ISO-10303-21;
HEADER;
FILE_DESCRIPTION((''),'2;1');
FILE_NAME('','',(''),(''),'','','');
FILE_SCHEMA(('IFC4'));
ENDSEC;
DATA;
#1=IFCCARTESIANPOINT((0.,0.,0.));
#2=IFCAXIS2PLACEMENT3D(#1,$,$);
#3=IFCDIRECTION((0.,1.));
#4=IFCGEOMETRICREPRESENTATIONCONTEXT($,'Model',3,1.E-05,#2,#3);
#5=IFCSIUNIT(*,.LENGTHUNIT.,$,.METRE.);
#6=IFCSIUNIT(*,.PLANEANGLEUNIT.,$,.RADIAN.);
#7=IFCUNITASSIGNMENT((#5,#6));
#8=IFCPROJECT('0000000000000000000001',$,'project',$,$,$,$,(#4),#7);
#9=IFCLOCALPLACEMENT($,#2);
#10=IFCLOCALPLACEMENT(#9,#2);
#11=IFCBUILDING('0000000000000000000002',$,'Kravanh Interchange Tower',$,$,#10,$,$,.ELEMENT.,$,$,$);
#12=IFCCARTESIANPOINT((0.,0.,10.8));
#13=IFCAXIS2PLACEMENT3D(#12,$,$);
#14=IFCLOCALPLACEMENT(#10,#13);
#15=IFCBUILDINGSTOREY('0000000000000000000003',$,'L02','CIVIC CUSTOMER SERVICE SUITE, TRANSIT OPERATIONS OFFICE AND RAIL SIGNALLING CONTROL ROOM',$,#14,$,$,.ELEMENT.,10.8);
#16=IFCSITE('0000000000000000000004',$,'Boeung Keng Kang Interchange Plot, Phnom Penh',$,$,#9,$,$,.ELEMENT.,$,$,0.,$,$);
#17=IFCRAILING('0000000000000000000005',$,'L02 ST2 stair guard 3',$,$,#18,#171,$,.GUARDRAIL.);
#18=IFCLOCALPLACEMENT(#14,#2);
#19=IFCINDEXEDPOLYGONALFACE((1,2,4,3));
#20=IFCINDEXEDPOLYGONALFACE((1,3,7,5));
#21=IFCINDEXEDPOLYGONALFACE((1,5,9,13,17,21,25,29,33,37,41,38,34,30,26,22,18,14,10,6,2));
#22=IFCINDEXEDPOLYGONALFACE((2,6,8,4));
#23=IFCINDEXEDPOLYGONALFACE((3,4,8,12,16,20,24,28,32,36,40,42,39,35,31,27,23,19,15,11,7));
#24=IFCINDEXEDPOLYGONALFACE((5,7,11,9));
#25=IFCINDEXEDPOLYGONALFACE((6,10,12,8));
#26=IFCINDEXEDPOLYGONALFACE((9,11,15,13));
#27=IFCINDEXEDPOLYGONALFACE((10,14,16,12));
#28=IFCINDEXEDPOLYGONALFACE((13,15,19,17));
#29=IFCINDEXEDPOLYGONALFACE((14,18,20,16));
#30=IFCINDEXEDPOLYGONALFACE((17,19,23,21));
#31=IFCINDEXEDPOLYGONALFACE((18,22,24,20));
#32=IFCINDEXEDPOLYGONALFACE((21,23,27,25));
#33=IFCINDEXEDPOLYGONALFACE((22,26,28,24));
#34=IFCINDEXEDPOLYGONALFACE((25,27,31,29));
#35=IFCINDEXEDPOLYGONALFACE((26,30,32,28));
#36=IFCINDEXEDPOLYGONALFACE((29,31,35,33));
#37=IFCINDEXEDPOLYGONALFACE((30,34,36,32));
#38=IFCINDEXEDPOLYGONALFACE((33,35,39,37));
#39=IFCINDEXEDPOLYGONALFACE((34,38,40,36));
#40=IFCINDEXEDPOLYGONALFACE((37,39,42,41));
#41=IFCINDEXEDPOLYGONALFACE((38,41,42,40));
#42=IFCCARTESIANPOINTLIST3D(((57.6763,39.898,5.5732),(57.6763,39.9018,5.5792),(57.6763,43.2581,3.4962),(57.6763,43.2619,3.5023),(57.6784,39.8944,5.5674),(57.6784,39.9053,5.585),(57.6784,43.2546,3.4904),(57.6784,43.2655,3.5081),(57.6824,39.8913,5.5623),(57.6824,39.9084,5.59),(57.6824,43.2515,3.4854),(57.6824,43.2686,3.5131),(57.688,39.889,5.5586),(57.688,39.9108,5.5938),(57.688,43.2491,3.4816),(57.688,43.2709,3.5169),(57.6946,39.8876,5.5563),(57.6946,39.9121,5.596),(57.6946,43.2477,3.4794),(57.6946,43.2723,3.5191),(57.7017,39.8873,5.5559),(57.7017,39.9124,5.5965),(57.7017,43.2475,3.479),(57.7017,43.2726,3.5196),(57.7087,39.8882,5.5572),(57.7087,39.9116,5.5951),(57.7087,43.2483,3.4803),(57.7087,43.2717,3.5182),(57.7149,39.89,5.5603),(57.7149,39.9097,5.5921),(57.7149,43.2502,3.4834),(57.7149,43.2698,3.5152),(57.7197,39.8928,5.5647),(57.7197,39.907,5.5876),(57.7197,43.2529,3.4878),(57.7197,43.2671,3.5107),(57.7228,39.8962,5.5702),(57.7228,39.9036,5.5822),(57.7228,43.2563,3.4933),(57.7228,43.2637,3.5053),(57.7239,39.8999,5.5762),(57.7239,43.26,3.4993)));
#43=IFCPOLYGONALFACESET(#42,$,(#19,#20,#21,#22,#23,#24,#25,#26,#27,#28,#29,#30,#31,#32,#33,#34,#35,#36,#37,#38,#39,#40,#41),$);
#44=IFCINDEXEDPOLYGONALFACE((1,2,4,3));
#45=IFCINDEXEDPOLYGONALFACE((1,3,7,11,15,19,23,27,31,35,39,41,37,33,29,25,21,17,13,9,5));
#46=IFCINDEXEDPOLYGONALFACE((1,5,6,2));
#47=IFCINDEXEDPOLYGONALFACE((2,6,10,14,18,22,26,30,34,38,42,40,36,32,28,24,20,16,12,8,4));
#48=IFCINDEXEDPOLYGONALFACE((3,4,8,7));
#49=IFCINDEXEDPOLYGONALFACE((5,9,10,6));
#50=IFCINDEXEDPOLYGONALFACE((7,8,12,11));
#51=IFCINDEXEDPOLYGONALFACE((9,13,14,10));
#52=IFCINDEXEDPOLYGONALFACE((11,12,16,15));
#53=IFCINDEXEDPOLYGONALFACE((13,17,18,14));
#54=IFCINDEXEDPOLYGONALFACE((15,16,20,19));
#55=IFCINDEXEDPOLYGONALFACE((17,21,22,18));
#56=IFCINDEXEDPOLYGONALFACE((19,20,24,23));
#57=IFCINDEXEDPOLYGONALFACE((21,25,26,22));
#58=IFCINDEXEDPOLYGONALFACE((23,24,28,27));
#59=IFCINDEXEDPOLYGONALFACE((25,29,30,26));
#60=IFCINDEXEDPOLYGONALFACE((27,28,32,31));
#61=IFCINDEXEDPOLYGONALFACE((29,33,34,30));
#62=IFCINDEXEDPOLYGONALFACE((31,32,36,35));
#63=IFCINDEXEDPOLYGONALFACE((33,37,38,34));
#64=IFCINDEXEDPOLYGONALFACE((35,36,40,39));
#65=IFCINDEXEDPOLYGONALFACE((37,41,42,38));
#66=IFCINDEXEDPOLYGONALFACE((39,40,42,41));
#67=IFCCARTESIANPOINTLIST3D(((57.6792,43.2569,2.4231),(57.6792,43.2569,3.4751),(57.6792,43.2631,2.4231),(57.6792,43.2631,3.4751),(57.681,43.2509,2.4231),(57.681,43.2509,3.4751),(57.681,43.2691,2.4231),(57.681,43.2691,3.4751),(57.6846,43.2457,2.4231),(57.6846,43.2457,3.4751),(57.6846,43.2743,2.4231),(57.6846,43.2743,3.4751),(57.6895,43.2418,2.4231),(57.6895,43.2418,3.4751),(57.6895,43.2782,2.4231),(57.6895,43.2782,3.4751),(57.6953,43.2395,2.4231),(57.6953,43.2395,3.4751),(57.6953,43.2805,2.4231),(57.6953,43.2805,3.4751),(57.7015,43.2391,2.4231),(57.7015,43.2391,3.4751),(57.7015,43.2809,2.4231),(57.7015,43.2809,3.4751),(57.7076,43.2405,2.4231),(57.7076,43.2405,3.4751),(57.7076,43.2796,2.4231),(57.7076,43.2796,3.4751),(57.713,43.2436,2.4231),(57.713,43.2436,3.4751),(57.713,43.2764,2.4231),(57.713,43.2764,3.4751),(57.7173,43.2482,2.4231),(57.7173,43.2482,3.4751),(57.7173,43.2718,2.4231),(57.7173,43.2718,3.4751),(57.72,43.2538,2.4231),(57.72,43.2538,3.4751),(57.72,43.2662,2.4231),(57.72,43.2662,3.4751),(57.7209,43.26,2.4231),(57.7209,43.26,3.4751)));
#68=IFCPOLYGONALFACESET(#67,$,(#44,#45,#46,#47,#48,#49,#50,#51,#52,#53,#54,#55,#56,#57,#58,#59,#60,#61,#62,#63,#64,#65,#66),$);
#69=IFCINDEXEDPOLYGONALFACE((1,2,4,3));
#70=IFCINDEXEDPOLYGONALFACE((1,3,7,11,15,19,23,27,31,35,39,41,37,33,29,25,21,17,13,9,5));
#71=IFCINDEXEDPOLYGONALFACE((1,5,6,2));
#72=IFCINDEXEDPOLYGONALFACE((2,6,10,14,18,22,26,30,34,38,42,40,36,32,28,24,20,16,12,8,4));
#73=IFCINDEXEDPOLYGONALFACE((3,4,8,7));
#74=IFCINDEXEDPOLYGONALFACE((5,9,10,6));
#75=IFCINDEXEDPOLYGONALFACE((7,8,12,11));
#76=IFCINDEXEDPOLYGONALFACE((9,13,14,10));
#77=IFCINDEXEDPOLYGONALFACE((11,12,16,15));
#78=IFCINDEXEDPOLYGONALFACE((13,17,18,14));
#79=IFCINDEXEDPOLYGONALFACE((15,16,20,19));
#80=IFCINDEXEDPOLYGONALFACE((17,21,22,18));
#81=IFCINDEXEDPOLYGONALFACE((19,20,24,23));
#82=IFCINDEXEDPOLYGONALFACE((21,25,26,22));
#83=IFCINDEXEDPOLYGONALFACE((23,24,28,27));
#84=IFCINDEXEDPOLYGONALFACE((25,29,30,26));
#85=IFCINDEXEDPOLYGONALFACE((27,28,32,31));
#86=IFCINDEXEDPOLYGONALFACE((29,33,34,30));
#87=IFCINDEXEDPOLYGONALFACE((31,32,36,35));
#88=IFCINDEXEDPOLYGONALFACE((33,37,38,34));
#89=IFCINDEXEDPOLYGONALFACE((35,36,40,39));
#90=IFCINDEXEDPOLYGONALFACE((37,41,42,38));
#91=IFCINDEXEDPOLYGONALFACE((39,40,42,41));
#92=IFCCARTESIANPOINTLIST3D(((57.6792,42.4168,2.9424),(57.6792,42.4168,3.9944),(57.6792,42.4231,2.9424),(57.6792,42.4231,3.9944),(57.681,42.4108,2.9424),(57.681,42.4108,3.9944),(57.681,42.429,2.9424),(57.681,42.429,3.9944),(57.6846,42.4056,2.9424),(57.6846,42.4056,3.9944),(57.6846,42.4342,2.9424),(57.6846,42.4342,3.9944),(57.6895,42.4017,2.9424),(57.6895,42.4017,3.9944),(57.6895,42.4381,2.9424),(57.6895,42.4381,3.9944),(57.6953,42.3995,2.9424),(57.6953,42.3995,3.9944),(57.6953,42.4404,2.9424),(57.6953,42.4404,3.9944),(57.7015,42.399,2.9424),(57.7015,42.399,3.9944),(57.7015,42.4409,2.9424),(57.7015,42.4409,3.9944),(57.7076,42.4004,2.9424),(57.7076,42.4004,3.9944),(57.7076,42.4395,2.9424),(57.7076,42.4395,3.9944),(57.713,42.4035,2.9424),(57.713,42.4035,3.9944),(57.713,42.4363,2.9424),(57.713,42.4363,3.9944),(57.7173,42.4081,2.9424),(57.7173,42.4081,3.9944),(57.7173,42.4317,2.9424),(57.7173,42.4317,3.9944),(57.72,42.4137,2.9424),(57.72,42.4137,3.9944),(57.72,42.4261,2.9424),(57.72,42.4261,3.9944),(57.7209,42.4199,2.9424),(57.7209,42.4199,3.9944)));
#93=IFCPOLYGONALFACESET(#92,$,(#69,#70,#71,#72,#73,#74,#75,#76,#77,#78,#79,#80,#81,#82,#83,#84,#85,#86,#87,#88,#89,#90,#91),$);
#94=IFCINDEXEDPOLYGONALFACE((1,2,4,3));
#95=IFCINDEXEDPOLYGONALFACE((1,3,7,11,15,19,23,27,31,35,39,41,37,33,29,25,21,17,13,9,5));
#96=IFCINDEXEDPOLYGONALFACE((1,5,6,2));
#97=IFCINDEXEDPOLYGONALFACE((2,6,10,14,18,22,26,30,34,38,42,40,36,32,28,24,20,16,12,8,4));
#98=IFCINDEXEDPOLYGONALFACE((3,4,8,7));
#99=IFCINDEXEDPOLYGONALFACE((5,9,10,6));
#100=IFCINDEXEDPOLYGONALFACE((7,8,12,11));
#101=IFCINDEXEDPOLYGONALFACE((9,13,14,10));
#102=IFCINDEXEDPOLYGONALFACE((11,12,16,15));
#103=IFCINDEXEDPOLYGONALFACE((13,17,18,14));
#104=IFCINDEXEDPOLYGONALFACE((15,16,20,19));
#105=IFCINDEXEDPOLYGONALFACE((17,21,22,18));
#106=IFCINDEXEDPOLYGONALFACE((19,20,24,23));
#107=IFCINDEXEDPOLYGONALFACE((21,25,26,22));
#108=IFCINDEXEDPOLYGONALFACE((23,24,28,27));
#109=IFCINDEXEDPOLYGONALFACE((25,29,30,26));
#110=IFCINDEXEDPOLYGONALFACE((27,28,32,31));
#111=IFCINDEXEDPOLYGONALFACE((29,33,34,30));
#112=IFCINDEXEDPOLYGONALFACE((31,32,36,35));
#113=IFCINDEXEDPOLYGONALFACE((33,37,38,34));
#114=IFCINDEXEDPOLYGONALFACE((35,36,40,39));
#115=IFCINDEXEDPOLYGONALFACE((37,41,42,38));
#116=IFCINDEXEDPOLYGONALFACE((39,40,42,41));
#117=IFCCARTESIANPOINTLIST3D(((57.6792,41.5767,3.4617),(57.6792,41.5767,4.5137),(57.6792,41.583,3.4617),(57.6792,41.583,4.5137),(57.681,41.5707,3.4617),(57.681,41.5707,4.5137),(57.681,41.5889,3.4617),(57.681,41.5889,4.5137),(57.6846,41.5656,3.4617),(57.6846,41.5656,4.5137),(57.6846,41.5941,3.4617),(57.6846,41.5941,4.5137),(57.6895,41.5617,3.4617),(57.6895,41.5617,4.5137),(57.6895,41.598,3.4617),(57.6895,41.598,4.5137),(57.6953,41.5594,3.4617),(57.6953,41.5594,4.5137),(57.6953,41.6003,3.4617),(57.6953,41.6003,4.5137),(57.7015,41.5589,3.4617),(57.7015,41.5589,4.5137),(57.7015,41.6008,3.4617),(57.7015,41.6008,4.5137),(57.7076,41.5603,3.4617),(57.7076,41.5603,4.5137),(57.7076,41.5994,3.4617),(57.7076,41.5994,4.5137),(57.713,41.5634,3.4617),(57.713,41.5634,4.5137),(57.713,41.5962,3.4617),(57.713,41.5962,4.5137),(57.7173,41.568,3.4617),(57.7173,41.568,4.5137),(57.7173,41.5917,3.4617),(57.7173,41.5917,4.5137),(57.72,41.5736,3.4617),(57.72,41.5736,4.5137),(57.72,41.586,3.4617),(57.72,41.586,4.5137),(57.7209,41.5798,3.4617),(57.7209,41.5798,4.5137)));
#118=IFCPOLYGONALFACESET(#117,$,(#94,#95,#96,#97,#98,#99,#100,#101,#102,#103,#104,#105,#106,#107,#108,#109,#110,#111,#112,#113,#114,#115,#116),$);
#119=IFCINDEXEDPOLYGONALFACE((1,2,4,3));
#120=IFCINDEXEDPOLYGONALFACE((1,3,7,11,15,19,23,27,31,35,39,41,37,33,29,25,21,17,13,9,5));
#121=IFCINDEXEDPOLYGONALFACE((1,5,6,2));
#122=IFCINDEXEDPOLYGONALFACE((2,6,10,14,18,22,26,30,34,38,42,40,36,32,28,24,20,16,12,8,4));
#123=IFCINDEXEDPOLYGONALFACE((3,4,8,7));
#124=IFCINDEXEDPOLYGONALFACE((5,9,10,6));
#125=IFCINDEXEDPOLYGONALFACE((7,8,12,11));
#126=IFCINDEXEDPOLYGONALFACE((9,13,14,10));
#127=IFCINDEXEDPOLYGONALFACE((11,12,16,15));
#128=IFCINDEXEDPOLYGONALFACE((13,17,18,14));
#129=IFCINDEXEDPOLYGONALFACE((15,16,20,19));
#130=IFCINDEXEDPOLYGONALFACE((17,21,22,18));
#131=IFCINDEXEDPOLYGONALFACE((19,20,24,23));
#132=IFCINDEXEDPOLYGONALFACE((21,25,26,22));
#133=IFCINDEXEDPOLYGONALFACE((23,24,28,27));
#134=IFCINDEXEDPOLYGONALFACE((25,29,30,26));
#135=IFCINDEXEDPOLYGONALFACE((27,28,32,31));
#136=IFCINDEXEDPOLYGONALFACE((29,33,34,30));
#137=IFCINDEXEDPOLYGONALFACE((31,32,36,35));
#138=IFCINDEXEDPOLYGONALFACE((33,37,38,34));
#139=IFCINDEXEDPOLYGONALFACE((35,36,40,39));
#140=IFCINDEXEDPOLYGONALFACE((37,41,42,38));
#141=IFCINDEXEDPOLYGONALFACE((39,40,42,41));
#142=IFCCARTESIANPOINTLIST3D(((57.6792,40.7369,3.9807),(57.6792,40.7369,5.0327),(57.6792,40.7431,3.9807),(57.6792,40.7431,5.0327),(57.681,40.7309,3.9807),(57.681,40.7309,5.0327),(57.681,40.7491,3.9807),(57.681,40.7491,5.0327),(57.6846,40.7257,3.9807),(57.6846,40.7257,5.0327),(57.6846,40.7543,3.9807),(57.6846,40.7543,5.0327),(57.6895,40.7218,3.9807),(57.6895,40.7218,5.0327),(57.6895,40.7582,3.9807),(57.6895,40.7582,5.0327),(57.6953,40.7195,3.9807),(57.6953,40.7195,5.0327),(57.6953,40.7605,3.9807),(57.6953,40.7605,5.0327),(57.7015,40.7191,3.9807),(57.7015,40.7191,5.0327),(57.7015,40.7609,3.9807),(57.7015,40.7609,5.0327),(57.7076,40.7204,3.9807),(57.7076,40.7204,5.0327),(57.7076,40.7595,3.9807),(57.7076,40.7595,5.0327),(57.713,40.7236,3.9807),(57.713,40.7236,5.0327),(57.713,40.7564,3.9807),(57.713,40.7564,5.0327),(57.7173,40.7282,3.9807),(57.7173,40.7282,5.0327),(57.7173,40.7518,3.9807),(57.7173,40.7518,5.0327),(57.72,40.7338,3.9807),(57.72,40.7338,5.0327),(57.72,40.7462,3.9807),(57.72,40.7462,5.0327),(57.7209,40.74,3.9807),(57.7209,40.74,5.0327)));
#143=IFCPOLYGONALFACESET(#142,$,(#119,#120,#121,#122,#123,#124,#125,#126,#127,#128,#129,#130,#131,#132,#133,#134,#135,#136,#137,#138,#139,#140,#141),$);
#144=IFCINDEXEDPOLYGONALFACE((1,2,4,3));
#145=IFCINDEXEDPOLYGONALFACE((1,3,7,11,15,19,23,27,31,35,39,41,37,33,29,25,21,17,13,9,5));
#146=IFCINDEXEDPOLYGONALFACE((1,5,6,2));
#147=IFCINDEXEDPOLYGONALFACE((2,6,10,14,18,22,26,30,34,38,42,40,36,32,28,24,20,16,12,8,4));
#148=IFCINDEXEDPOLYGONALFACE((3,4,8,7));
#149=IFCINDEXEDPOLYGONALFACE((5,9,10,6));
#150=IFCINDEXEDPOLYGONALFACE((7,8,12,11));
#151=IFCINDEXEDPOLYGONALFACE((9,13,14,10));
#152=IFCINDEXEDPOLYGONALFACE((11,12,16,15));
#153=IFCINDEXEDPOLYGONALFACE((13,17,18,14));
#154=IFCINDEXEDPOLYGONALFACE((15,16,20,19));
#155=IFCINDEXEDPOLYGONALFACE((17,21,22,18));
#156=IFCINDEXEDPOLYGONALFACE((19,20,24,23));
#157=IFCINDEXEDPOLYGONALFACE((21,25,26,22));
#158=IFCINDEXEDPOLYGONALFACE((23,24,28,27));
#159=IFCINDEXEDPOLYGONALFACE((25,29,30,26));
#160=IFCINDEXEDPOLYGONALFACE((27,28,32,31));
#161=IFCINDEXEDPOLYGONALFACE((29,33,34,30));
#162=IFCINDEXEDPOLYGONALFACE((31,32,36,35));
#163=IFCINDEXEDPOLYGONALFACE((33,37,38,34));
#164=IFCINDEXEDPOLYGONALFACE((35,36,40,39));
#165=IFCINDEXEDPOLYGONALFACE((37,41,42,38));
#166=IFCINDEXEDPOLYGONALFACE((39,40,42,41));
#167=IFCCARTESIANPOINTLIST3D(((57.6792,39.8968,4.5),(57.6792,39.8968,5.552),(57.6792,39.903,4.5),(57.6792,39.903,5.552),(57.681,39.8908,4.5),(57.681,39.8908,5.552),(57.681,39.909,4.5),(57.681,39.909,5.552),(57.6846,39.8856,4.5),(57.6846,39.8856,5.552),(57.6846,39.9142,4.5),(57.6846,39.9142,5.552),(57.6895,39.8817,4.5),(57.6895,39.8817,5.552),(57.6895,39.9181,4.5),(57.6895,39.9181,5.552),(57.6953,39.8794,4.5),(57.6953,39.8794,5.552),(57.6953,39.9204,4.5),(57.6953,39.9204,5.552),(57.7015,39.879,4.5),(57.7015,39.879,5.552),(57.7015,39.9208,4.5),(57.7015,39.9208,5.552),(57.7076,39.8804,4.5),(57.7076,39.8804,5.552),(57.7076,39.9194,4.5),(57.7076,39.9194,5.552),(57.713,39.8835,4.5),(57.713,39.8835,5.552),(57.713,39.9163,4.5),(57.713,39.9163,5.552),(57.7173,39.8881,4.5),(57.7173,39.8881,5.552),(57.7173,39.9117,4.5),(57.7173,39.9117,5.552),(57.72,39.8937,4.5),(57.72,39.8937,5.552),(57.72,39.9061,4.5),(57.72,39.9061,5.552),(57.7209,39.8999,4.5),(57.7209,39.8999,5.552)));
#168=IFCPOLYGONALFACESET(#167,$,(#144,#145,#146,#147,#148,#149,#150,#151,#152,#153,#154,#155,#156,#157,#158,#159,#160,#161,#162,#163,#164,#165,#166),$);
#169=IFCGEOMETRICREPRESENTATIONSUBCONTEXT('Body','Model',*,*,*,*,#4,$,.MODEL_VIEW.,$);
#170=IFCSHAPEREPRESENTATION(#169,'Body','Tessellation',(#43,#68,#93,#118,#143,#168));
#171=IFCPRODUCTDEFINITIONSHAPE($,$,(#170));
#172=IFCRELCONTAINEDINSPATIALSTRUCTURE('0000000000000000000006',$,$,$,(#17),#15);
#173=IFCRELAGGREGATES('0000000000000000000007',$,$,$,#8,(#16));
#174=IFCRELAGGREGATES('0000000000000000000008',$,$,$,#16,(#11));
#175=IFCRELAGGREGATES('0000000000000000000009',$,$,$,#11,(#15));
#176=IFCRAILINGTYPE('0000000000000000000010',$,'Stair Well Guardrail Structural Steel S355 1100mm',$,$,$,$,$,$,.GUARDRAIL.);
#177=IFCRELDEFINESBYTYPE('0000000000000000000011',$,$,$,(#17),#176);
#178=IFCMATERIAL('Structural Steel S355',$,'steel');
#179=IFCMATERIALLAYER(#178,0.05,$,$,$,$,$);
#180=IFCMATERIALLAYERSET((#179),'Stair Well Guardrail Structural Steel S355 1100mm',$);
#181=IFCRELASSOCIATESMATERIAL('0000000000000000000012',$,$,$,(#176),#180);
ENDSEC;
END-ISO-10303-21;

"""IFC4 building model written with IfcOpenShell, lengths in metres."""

from ifc_helpers import new_model, si_unit, direction, frame, origin, origin_2d, place, context, subcontext, project, spatial, circle, extrude, material, layer, layer_set, type_object, element, save


model = new_model("IFC4")

# Units and contexts
model_context = context("Model", 3, precision=1e-05, world=origin(), true_north=direction((0.0, 1.0)))
body_context = subcontext(model_context, "Body", "Model", "MODEL_VIEW")
ifc_project = project(units=[si_unit("LENGTHUNIT", "METRE"), si_unit("PLANEANGLEUNIT", "RADIAN")], contexts=[model_context])

# Site, building, storey
site_placement = place(None, origin())
site = spatial("IfcSite", under=ifc_project, at=site_placement, Name="Boeung Keng Kang Interchange Plot, Phnom Penh", CompositionType="ELEMENT", RefElevation=0.0)
building_placement = place(site_placement, origin())
building = spatial("IfcBuilding", under=site, at=building_placement, Name="Kravanh Interchange Tower", CompositionType="ELEMENT")
storey_placement = place(building_placement, frame((0.0, 0.0, 10.8)))
storey = spatial("IfcBuildingStorey", under=building, at=storey_placement, Name="L02", Description="CIVIC CUSTOMER SERVICE SUITE, TRANSIT OPERATIONS OFFICE AND RAIL SIGNALLING CONTROL ROOM", CompositionType="ELEMENT", Elevation=10.8)

# Railing
ifc_material_1 = material(Name="Structural Steel S355", Category="steel")
ifc_layer_1 = layer(ifc_material_1, 0.05)
ifc_layer_set_1 = layer_set([ifc_layer_1], Name="Stair Well Guardrail Structural Steel S355 1100mm")
railing_type_1 = type_object("IfcRailingType", Name="Stair Well Guardrail Structural Steel S355 1100mm", PredefinedType="GUARDRAIL", material=ifc_layer_set_1)
railing_1_placement = place(storey_placement, frame((57.7, 43.26, 2.4231)))
element("IfcRailing", 1, at=railing_1_placement, inside=storey, type_object=railing_type_1, Name="L02 ST2 stair guard 3", PredefinedType="GUARDRAIL", context=body_context, shape_type="SweptSolid", body=[
    extrude(circle(Radius=0.0239, at=origin_2d()), frame((0.0, 0.0, 1.0762), z_axis=(0.0, -0.850623, 0.525776), x_axis=(1.0, 0.0, 0.0)), (0.0, 0.0, 1.0), 3.9502),
    extrude(circle(Radius=0.021, at=origin_2d()), origin(), (0.0, 0.0, 1.0), 1.052),
    extrude(circle(Radius=0.021, at=origin_2d()), frame((0.0, -0.8401, 0.5193)), (0.0, 0.0, 1.0), 1.052),
    extrude(circle(Radius=0.021, at=origin_2d()), frame((0.0, -1.6802, 1.0386)), (0.0, 0.0, 1.0), 1.052),
    extrude(circle(Radius=0.021, at=origin_2d()), frame((0.0, -2.52, 1.5576)), (0.0, 0.0, 1.0), 1.052),
    extrude(circle(Radius=0.021, at=origin_2d()), frame((0.0, -3.3601, 2.0769)), (0.0, 0.0, 1.0), 1.052),
])

save(model, "model.ifc")
